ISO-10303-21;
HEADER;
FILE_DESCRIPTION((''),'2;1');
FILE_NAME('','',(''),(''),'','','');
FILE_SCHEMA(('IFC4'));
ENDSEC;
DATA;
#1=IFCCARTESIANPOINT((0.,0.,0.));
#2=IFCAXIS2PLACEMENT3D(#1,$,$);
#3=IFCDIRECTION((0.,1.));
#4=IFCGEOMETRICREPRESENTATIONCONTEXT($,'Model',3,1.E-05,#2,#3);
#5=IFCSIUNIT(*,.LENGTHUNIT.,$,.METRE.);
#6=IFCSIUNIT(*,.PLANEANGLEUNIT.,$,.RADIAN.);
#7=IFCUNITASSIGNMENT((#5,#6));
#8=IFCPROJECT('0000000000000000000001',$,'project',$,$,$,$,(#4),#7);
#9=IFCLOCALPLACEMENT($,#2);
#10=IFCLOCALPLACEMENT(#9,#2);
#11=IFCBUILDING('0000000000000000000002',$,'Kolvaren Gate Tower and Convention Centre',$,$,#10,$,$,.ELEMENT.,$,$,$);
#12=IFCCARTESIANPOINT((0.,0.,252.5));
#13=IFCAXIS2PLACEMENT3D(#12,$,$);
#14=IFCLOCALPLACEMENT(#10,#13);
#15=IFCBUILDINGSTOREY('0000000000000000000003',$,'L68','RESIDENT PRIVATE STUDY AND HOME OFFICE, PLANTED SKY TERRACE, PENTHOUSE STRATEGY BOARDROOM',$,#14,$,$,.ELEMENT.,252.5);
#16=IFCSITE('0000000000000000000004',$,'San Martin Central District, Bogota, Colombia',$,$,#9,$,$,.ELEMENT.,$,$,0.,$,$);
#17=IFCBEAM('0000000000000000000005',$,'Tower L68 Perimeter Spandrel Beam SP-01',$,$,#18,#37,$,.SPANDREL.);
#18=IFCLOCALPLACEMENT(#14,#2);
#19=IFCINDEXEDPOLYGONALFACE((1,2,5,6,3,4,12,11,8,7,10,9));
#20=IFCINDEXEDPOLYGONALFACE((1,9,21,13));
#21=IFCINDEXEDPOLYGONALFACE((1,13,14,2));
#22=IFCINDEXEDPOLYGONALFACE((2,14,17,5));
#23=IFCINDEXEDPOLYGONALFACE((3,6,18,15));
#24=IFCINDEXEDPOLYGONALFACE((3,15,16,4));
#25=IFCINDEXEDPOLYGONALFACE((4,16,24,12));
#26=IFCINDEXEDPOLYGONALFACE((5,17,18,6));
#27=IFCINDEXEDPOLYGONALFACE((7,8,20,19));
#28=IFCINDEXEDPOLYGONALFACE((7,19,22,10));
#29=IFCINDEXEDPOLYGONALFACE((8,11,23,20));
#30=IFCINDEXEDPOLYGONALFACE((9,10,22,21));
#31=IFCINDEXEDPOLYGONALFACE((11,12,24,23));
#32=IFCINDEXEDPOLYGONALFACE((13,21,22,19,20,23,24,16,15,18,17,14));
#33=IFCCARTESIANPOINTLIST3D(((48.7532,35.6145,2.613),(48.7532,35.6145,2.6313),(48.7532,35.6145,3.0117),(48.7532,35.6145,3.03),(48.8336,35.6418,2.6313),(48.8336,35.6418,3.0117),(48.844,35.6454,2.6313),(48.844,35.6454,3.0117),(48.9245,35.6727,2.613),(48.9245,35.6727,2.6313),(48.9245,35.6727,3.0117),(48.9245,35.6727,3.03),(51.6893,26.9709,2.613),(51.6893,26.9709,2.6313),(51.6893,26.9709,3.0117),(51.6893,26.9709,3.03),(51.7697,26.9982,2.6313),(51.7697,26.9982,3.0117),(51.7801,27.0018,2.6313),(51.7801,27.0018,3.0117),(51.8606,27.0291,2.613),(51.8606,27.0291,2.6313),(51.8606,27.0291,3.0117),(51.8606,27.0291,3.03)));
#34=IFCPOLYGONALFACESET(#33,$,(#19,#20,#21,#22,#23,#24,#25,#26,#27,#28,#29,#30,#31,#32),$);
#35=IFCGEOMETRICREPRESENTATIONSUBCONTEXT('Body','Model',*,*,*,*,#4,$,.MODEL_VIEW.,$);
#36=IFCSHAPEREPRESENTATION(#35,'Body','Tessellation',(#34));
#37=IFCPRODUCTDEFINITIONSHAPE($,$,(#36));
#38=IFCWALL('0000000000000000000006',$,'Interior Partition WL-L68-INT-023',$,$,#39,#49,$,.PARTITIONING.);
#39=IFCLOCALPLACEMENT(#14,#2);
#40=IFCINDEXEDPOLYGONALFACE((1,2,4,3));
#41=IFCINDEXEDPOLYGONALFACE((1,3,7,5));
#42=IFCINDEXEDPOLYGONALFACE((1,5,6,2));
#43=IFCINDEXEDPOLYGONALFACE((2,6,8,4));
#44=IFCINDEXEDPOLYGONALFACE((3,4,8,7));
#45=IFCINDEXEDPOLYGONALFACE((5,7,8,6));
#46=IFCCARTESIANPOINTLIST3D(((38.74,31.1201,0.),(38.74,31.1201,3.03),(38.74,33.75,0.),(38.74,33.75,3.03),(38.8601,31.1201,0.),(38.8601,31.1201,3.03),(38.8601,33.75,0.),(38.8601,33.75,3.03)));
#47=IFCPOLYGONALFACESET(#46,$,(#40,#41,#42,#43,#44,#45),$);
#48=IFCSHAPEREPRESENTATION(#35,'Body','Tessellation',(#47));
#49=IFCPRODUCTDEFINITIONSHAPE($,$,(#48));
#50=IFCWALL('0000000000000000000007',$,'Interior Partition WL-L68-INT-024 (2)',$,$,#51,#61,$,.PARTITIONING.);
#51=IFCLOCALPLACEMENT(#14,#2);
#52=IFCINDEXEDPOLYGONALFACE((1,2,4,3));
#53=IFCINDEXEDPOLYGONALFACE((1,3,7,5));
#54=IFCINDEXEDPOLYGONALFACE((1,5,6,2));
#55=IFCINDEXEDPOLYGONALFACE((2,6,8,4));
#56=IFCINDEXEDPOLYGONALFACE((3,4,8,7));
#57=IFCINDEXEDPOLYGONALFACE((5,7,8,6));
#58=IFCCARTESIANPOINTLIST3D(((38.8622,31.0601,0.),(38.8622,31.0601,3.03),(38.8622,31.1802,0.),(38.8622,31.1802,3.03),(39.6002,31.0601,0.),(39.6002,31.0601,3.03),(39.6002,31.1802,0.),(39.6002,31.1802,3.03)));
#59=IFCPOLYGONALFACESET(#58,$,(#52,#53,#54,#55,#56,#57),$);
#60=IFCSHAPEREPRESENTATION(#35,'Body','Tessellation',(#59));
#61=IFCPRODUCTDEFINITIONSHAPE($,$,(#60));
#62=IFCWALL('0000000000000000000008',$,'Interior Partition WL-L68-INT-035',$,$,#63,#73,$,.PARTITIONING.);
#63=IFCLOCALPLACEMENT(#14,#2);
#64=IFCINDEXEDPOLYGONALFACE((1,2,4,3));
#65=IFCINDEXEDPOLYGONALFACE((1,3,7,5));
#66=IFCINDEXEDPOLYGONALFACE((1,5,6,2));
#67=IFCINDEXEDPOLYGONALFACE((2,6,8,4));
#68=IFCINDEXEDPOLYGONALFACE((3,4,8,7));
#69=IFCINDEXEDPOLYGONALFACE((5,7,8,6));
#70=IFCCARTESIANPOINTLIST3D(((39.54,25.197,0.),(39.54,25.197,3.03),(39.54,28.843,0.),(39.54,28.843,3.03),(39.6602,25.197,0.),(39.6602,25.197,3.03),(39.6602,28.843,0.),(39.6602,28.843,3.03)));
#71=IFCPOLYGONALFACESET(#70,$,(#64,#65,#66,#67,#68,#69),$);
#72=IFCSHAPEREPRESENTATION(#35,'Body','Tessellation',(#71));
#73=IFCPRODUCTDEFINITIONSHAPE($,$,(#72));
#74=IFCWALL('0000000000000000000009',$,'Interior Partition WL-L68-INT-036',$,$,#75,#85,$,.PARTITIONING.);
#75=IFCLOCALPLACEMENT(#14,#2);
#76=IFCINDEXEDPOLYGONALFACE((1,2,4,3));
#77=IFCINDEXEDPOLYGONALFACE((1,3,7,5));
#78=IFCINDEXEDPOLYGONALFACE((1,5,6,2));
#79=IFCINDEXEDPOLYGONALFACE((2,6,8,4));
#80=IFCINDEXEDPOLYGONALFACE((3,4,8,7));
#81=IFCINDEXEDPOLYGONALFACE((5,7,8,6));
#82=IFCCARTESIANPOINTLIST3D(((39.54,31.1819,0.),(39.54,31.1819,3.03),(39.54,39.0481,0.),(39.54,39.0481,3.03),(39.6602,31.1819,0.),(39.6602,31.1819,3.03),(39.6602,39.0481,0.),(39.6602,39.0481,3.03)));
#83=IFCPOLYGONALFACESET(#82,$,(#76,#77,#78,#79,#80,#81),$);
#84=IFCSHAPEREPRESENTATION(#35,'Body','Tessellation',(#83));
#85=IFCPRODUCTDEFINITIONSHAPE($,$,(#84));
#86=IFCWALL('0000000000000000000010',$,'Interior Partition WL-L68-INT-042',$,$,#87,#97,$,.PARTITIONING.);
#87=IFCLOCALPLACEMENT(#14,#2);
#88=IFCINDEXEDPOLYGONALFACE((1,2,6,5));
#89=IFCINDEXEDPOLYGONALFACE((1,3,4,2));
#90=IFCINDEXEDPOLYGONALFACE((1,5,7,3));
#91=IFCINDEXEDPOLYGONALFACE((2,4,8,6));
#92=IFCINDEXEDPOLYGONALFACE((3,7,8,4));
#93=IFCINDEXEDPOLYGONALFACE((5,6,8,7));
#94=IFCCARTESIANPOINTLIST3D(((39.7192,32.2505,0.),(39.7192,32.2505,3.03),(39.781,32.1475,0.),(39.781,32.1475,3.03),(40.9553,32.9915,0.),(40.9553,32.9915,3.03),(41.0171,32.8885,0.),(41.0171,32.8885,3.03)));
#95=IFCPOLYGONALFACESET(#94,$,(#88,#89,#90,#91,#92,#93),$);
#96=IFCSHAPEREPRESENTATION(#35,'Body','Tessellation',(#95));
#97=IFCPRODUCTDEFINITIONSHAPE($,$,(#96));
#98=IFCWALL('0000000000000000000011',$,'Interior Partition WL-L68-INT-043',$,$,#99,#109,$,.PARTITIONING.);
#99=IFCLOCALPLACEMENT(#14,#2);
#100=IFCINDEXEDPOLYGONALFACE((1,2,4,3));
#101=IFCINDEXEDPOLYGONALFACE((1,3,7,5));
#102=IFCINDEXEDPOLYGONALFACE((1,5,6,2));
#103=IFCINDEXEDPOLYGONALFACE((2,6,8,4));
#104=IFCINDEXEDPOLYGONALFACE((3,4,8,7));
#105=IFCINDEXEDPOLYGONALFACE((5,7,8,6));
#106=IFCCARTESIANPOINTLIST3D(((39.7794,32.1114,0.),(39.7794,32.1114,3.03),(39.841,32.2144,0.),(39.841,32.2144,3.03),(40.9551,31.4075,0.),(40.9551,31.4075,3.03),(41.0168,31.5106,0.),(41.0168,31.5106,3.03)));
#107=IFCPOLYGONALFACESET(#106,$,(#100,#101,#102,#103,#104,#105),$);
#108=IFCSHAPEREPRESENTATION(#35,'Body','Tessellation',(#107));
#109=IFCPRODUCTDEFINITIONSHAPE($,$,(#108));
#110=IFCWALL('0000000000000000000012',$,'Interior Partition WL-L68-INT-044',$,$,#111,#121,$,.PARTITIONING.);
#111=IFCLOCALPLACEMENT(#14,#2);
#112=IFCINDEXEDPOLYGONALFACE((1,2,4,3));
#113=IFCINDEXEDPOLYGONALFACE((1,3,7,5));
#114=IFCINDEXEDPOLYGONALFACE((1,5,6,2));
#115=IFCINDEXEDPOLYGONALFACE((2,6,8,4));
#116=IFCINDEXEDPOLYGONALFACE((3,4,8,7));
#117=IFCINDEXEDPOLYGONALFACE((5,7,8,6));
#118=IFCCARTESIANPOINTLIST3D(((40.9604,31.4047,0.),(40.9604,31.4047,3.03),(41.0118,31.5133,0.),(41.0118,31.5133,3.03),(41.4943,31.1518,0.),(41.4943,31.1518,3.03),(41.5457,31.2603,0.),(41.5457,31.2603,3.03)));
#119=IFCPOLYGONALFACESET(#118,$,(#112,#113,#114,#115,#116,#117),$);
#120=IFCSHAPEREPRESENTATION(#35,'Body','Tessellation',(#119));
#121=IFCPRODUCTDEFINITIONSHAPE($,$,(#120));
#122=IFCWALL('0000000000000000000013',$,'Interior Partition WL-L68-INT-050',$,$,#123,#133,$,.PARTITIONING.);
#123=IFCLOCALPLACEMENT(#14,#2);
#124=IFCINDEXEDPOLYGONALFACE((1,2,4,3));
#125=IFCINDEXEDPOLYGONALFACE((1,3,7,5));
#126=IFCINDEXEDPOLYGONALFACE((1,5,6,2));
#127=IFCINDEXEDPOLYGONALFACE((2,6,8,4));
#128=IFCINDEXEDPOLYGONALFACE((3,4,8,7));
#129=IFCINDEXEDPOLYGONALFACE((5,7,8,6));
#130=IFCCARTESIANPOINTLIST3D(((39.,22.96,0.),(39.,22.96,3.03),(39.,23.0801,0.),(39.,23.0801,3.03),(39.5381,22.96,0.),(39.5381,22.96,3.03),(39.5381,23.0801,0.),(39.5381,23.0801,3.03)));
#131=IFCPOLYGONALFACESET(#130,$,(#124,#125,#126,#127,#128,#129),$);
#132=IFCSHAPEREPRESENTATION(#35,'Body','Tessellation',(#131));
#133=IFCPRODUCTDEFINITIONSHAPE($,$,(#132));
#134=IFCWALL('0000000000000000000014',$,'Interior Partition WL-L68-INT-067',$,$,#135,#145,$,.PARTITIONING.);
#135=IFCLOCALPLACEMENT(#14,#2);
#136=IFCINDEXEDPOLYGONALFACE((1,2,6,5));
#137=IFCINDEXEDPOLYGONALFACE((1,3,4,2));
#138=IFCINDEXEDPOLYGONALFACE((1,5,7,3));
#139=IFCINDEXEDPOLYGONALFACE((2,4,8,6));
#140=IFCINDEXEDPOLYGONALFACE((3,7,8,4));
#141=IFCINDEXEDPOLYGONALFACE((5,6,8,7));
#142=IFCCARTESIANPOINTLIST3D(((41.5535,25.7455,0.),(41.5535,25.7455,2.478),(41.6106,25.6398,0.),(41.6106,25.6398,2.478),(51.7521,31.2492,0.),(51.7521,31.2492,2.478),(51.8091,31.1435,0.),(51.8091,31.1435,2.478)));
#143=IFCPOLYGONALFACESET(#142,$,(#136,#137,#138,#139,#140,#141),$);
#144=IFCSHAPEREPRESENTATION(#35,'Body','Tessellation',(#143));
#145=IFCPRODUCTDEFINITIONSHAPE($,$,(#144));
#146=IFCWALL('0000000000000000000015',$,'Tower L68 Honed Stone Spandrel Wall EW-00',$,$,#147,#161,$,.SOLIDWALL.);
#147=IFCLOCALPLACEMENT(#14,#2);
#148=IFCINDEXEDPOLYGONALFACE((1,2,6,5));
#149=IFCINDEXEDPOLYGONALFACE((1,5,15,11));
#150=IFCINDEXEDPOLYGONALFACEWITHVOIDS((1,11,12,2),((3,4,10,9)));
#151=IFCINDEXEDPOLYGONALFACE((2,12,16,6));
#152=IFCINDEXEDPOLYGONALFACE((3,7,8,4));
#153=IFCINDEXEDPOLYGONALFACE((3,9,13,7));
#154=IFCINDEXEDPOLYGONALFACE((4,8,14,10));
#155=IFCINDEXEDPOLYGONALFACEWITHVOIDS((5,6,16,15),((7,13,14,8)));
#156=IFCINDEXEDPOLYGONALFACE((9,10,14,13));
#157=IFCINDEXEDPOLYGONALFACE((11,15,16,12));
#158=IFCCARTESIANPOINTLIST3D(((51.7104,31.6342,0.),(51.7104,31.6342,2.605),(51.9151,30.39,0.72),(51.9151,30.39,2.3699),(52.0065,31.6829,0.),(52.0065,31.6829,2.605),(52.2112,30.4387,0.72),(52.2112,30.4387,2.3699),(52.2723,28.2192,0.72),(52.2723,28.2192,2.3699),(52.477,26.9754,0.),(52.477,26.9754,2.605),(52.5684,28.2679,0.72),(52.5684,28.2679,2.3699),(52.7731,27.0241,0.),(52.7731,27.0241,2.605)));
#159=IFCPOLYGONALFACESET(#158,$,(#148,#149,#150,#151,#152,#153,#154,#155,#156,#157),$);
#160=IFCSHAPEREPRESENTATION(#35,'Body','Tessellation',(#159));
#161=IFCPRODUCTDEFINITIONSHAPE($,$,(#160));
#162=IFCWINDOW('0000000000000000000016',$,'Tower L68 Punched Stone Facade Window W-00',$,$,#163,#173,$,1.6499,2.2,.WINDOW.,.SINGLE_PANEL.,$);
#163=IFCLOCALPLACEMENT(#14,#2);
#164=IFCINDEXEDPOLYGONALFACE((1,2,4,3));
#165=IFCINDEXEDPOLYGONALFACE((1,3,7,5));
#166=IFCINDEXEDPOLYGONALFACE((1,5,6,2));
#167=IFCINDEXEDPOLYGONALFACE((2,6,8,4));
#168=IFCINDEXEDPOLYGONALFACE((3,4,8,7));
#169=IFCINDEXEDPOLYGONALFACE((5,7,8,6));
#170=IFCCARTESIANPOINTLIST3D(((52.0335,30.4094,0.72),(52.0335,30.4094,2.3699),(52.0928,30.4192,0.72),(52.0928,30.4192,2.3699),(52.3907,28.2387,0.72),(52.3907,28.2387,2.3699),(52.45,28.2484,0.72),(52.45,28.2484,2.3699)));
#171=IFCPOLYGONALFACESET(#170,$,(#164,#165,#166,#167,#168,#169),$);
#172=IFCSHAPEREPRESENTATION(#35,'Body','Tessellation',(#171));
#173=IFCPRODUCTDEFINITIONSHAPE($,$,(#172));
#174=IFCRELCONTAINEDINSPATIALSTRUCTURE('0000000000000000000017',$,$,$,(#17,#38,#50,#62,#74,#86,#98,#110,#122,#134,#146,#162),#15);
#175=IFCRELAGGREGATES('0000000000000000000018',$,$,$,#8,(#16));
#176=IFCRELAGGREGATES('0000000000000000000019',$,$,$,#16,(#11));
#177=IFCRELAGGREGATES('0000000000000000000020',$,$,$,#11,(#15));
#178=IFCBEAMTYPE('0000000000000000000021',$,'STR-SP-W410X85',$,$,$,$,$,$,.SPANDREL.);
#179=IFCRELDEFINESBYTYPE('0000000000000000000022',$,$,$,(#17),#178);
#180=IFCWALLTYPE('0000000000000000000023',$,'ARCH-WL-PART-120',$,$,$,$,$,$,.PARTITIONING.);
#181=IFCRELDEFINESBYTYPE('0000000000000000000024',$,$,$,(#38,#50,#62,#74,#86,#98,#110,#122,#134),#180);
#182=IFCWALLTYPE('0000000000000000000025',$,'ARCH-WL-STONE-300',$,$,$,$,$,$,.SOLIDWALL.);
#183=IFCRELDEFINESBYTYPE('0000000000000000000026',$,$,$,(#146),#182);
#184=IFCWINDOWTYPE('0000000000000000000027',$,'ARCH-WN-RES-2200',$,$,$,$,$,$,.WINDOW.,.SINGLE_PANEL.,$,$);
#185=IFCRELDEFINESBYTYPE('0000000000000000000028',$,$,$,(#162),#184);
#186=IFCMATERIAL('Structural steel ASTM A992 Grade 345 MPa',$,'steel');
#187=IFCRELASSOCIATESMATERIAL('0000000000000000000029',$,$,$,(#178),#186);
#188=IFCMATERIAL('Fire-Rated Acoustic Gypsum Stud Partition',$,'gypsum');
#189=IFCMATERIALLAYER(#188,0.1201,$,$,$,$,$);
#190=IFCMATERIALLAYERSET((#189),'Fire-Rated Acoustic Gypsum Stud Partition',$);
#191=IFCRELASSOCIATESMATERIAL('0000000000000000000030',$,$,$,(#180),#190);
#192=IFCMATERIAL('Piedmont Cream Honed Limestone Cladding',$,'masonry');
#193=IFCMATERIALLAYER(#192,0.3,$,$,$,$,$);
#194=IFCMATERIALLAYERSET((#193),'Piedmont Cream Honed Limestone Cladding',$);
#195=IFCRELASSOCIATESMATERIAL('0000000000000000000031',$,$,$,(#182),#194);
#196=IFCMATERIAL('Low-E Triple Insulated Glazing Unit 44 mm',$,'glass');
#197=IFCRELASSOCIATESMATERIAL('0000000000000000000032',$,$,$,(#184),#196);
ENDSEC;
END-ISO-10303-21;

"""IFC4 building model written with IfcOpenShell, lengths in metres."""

from ifc_helpers import new_model, si_unit, direction, frame, frame_2d, origin, origin_2d, place, context, subcontext, project, spatial, rectangle, i_section, extrude, material, layer, layer_set, material_profile, profile_set, type_object, element, fill, save


model = new_model("IFC4")

# Units and contexts
model_context = context("Model", 3, precision=1e-05, world=origin(), true_north=direction((0.0, 1.0)))
body_context = subcontext(model_context, "Body", "Model", "MODEL_VIEW")
ifc_project = project(units=[si_unit("LENGTHUNIT", "METRE"), si_unit("PLANEANGLEUNIT", "RADIAN")], contexts=[model_context])

# Site, building, storey
site_placement = place(None, origin())
site = spatial("IfcSite", under=ifc_project, at=site_placement, Name="San Martin Central District, Bogota, Colombia", CompositionType="ELEMENT", RefElevation=0.0)
building_placement = place(site_placement, origin())
building = spatial("IfcBuilding", under=site, at=building_placement, Name="Kolvaren Gate Tower and Convention Centre", CompositionType="ELEMENT")
storey_placement = place(building_placement, frame((0.0, 0.0, 252.5)))
storey = spatial("IfcBuildingStorey", under=building, at=storey_placement, Name="L68", Description="RESIDENT PRIVATE STUDY AND HOME OFFICE, PLANTED SKY TERRACE, PENTHOUSE STRATEGY BOARDROOM", CompositionType="ELEMENT", Elevation=252.5)

# Beam
ifc_material_1 = material(Name="Structural steel ASTM A992 Grade 345 MPa", Category="steel")
ifc_material_profile_1 = material_profile(ifc_material_1, i_section(OverallWidth=0.1809, OverallDepth=0.417, WebThickness=0.011, FlangeThickness=0.0183, at=origin_2d()), Name="W410X85")
ifc_profile_set_1 = profile_set([ifc_material_profile_1], Name="Structural steel ASTM A992 Grade 345 MPa")
beam_type_1 = type_object("IfcBeamType", Name="STR-SP-W410X85", PredefinedType="SPANDREL", material=ifc_profile_set_1)
beam_1_placement = place(storey_placement, frame((51.7749, 27.0, 2.8215), z_axis=(-0.32163, 0.946865, 0.0), x_axis=(-0.946865, -0.32163, 0.0)))
element("IfcBeam", 1, at=beam_1_placement, inside=storey, type_object=beam_type_1, Name="Tower L68 Perimeter Spandrel Beam SP-01", PredefinedType="SPANDREL", context=body_context, shape_type="SweptSolid", body=[
    extrude(i_section(OverallWidth=0.1809, OverallDepth=0.417, WebThickness=0.011, FlangeThickness=0.0183, at=origin_2d()), origin(), (0.0, 0.0, 1.0), 9.1287),
])

# Walls
ifc_material_2 = material(Name="Fire-Rated Acoustic Gypsum Stud Partition", Category="gypsum")
ifc_layer_1 = layer(ifc_material_2, 0.1201)
ifc_layer_set_1 = layer_set([ifc_layer_1], Name="Fire-Rated Acoustic Gypsum Stud Partition")
wall_type_1 = type_object("IfcWallType", Name="ARCH-WL-PART-120", PredefinedType="PARTITIONING", material=ifc_layer_set_1)
wall_1_placement = place(storey_placement, frame((38.8, 31.1201, 0.0), z_axis=(0.0, 0.0, 1.0), x_axis=(0.0, 1.0, 0.0)))
element("IfcWall", 2, at=wall_1_placement, inside=storey, type_object=wall_type_1, Name="Interior Partition WL-L68-INT-023", PredefinedType="PARTITIONING", context=body_context, shape_type="SweptSolid", body=[
    extrude(rectangle(XDim=2.6299, YDim=0.1201, at=frame_2d((1.3149, 0.0))), origin(), (0.0, 0.0, 1.0), 3.03),
])
wall_2_placement = place(storey_placement, frame((38.8621, 31.1201, 0.0), z_axis=(0.0, 0.0, 1.0), x_axis=(1.0, 0.0, 0.0)))
element("IfcWall", 3, at=wall_2_placement, inside=storey, type_object=wall_type_1, Name="Interior Partition WL-L68-INT-024 (2)", PredefinedType="PARTITIONING", context=body_context, shape_type="SweptSolid", body=[
    extrude(rectangle(XDim=0.738, YDim=0.1201, at=frame_2d((0.3691, 0.0))), origin(), (0.0, 0.0, 1.0), 3.03),
])
wall_3_placement = place(storey_placement, frame((39.6001, 25.197, 0.0), z_axis=(0.0, 0.0, 1.0), x_axis=(0.0, 1.0, 0.0)))
element("IfcWall", 4, at=wall_3_placement, inside=storey, type_object=wall_type_1, Name="Interior Partition WL-L68-INT-035", PredefinedType="PARTITIONING", context=body_context, shape_type="SweptSolid", body=[
    extrude(rectangle(XDim=3.646, YDim=0.1201, at=frame_2d((1.823, 0.0))), origin(), (0.0, 0.0, 1.0), 3.03),
])
wall_4_placement = place(storey_placement, frame((39.6001, 31.1819, 0.0), z_axis=(0.0, 0.0, 1.0), x_axis=(0.0, 1.0, 0.0)))
element("IfcWall", 5, at=wall_4_placement, inside=storey, type_object=wall_type_1, Name="Interior Partition WL-L68-INT-036", PredefinedType="PARTITIONING", context=body_context, shape_type="SweptSolid", body=[
    extrude(rectangle(XDim=7.8662, YDim=0.1201, at=frame_2d((3.9331, 0.0))), origin(), (0.0, 0.0, 1.0), 3.03),
])
wall_5_placement = place(storey_placement, frame((39.75, 32.199, 0.0), z_axis=(0.0, 0.0, 1.0), x_axis=(0.857702, 0.514147, 0.0)))
element("IfcWall", 6, at=wall_5_placement, inside=storey, type_object=wall_type_1, Name="Interior Partition WL-L68-INT-042", PredefinedType="PARTITIONING", context=body_context, shape_type="SweptSolid", body=[
    extrude(rectangle(XDim=1.4412, YDim=0.1201, at=frame_2d((0.7207, 0.0))), origin(), (0.0, 0.0, 1.0), 3.03),
])
wall_6_placement = place(storey_placement, frame((39.8103, 32.1628, 0.0), z_axis=(0.0, 0.0, 1.0), x_axis=(0.858011, -0.513631, 0.0)))
element("IfcWall", 7, at=wall_6_placement, inside=storey, type_object=wall_type_1, Name="Interior Partition WL-L68-INT-043", PredefinedType="PARTITIONING", context=body_context, shape_type="SweptSolid", body=[
    extrude(rectangle(XDim=1.3704, YDim=0.1201, at=frame_2d((0.6851, 0.0))), origin(), (0.0, 0.0, 1.0), 3.03),
])
wall_7_placement = place(storey_placement, frame((40.9861, 31.459, 0.0), z_axis=(0.0, 0.0, 1.0), x_axis=(0.903729, -0.428104, 0.0)))
element("IfcWall", 8, at=wall_7_placement, inside=storey, type_object=wall_type_1, Name="Interior Partition WL-L68-INT-044", PredefinedType="PARTITIONING", context=body_context, shape_type="SweptSolid", body=[
    extrude(rectangle(XDim=0.5908, YDim=0.1201, at=frame_2d((0.2954, 0.0))), origin(), (0.0, 0.0, 1.0), 3.03),
])
wall_8_placement = place(storey_placement, frame((39.0, 23.02, 0.0), z_axis=(0.0, 0.0, 1.0), x_axis=(1.0, 0.0, 0.0)))
element("IfcWall", 9, at=wall_8_placement, inside=storey, type_object=wall_type_1, Name="Interior Partition WL-L68-INT-050", PredefinedType="PARTITIONING", context=body_context, shape_type="SweptSolid", body=[
    extrude(rectangle(XDim=0.5381, YDim=0.1201, at=frame_2d((0.269, 0.0))), origin(), (0.0, 0.0, 1.0), 3.03),
])
wall_9_placement = place(storey_placement, frame((41.582, 25.6926, 0.0), z_axis=(0.0, 0.0, 1.0), x_axis=(0.880032, 0.474914, 0.0)))
element("IfcWall", 10, at=wall_9_placement, inside=storey, type_object=wall_type_1, Name="Interior Partition WL-L68-INT-067", PredefinedType="PARTITIONING", context=body_context, shape_type="SweptSolid", body=[
    extrude(rectangle(XDim=11.5889, YDim=0.1201, at=frame_2d((5.7944, 0.0))), origin(), (0.0, 0.0, 1.0), 2.478),
])

# Wall, opening, window
ifc_material_3 = material(Name="Piedmont Cream Honed Limestone Cladding", Category="masonry")
ifc_layer_2 = layer(ifc_material_3, 0.3)
ifc_layer_set_2 = layer_set([ifc_layer_2], Name="Piedmont Cream Honed Limestone Cladding")
wall_type_2 = type_object("IfcWallType", Name="ARCH-WL-STONE-300", PredefinedType="SOLIDWALL", material=ifc_layer_set_2)
wall_10_placement = place(storey_placement, frame((51.8584, 31.6587, 0.0), z_axis=(0.0, 0.0, 1.0), x_axis=(0.162369, -0.98673, 0.0)))
wall_10 = element("IfcWall", 11, at=wall_10_placement, inside=storey, type_object=wall_type_2, Name="Tower L68 Honed Stone Spandrel Wall EW-00", PredefinedType="SOLIDWALL", context=body_context, shape_type="SweptSolid", body=[
    extrude(rectangle(XDim=4.7214, YDim=0.3, at=frame_2d((2.3608, 0.0))), origin(), (0.0, 0.0, 1.0), 2.605),
])
opening_placement = place(wall_10_placement, frame((1.261, 0.0, 0.72)))
opening = element("IfcOpeningElement", 12, at=opening_placement, cuts=wall_10, PredefinedType="OPENING", context=body_context, shape_type="SweptSolid", body=[
    extrude(rectangle(XDim=2.2, YDim=1.6499, at=frame_2d((1.1001, 0.825))), frame((0.0, 0.1599, 0.0), z_axis=(0.0, -1.0, 0.0), x_axis=(1.0, 0.0, 0.0)), (0.0, 0.0, 1.0), 0.3201),
])
ifc_material_4 = material(Name="Low-E Triple Insulated Glazing Unit 44 mm", Category="glass")
window_type = type_object("IfcWindowType", Name="ARCH-WN-RES-2200", PartitioningType="SINGLE_PANEL", PredefinedType="WINDOW", material=ifc_material_4)
window_placement = place(opening_placement, origin())
window = element("IfcWindow", 13, at=window_placement, inside=storey, type_object=window_type, Name="Tower L68 Punched Stone Facade Window W-00", OverallHeight=1.6499, OverallWidth=2.2, PartitioningType="SINGLE_PANEL", PredefinedType="WINDOW", context=body_context, shape_type="SweptSolid", body=[
    extrude(rectangle(XDim=2.2, YDim=1.6499, at=frame_2d((1.1001, 0.825))), frame((0.0, 0.03, 0.0), z_axis=(0.0, -1.0, 0.0), x_axis=(1.0, 0.0, 0.0)), (0.0, 0.0, 1.0), 0.0601),
])
fill(opening, window)

save(model, "model.ifc")
